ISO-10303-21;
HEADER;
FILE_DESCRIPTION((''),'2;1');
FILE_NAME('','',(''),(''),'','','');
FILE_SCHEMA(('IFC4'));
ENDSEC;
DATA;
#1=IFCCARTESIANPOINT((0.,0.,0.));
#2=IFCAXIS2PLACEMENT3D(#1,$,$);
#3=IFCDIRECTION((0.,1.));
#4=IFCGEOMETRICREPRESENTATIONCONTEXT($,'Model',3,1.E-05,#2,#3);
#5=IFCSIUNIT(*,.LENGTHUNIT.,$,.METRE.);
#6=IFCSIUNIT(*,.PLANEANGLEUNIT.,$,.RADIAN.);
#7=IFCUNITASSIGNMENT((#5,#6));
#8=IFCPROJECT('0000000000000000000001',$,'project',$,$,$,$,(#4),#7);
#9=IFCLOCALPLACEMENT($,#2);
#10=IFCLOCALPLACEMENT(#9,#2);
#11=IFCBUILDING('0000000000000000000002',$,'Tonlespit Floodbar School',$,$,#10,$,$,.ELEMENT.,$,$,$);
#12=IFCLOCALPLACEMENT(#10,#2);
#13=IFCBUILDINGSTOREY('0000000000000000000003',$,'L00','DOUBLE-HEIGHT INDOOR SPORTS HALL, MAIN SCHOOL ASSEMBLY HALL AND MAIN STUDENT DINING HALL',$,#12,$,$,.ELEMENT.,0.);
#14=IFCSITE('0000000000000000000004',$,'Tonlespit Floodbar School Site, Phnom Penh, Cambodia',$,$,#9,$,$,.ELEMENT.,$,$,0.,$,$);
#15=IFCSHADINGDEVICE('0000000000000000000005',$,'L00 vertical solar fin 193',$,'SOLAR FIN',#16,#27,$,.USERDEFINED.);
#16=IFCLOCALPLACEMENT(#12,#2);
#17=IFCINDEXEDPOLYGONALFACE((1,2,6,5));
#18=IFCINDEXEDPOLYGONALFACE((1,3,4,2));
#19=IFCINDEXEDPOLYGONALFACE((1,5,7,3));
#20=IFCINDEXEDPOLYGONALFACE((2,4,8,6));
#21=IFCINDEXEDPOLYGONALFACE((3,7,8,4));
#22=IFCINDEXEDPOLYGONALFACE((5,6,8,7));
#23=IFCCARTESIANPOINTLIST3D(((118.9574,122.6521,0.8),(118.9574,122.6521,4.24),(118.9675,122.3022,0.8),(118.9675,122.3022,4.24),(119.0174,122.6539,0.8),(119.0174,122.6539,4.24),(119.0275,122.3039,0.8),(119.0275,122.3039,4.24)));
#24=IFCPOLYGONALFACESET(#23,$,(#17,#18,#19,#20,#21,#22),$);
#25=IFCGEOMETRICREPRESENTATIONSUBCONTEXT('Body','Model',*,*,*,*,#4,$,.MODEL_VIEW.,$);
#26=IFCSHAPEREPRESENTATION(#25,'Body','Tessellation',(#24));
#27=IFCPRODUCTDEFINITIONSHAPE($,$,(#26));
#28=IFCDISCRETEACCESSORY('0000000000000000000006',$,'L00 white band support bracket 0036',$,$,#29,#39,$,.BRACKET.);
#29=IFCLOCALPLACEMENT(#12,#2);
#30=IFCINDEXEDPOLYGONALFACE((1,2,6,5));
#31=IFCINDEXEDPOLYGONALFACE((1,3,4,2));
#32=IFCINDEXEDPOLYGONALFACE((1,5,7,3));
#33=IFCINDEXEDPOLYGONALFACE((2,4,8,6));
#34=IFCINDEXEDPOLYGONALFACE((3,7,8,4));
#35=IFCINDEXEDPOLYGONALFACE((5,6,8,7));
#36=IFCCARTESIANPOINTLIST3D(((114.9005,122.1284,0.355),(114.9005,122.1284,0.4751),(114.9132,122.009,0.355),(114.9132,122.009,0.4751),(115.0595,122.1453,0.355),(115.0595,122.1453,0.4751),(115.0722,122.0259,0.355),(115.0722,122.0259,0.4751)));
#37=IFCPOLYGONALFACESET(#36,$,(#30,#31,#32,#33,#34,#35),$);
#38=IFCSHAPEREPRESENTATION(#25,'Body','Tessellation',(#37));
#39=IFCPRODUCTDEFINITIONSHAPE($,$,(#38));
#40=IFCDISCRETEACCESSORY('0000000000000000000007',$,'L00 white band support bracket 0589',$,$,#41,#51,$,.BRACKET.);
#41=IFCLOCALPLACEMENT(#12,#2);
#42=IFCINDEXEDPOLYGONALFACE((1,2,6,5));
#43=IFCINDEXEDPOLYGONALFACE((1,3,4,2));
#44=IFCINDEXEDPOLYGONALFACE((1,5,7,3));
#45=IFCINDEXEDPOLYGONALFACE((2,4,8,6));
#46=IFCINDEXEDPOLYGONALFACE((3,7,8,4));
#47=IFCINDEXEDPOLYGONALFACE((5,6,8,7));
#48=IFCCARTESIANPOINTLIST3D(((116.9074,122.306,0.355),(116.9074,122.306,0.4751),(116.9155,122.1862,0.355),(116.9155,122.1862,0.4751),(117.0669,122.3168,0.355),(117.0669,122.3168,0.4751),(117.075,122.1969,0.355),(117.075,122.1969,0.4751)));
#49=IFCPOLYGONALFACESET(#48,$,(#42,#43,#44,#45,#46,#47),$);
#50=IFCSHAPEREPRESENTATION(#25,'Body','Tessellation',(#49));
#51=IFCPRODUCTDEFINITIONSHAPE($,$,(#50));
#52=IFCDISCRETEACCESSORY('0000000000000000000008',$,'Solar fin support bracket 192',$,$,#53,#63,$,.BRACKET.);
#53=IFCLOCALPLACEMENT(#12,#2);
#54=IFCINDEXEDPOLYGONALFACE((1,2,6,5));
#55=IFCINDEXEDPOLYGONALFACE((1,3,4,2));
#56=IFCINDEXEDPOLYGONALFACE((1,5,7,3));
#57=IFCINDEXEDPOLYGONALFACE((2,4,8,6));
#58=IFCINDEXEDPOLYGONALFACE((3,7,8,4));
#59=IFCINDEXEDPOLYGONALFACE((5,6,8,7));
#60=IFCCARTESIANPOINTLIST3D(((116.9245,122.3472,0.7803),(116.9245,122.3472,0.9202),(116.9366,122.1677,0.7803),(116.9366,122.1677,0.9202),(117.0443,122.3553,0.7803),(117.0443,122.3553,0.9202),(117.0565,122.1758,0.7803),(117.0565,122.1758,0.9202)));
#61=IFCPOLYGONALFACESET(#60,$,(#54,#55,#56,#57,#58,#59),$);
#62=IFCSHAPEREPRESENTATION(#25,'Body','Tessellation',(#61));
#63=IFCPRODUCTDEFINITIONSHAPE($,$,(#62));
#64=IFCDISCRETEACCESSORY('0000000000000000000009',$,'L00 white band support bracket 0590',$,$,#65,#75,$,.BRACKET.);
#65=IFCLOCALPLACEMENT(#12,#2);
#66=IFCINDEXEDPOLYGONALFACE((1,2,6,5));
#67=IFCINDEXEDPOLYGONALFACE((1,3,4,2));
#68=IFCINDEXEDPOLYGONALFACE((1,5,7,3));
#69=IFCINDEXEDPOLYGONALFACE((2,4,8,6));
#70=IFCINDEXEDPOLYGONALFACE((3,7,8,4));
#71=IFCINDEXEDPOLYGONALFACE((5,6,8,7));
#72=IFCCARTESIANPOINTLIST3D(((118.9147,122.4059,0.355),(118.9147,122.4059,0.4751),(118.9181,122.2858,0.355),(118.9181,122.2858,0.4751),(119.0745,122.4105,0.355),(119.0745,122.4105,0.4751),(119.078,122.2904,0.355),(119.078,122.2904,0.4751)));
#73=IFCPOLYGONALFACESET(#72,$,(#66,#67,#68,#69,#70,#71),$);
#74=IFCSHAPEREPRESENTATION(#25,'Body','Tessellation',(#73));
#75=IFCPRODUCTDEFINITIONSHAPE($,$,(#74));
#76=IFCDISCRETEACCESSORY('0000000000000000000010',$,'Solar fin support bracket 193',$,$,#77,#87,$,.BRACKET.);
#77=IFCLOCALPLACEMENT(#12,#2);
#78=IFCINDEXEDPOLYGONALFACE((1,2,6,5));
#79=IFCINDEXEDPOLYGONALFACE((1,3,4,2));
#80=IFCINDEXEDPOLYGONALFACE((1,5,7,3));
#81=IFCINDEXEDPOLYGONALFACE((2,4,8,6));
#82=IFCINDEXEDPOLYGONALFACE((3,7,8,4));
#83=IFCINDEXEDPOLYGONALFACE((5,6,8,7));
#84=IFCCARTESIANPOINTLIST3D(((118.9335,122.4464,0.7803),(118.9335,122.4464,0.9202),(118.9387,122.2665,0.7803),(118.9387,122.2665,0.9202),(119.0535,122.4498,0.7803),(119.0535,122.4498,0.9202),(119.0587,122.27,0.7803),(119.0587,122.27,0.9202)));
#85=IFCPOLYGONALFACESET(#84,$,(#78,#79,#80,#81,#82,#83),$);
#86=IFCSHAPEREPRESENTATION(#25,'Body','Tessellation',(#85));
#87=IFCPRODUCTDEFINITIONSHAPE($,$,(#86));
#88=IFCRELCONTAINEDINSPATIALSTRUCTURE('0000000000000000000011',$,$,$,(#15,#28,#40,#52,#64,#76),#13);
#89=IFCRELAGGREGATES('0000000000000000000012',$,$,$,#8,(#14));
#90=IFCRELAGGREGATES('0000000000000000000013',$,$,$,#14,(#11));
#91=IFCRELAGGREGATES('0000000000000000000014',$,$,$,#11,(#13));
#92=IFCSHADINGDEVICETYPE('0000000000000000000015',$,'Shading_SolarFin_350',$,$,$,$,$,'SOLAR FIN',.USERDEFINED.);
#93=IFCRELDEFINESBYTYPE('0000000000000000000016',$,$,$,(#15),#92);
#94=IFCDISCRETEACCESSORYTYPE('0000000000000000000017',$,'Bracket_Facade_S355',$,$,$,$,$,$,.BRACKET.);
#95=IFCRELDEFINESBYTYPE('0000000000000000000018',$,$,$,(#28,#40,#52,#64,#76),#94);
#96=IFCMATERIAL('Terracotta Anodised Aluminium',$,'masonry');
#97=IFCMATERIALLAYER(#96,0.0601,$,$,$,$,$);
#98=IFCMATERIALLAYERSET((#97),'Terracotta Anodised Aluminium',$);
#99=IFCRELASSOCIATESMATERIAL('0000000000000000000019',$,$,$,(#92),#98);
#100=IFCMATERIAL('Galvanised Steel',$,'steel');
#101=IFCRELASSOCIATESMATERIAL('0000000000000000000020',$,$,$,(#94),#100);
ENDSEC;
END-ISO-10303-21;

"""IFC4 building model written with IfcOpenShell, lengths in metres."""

from ifc_helpers import new_model, si_unit, direction, frame, origin, origin_2d, place, context, subcontext, project, spatial, rectangle, extrude, material, layer, layer_set, type_object, element, save


model = new_model("IFC4")

# Units and contexts
model_context = context("Model", 3, precision=1e-05, world=origin(), true_north=direction((0.0, 1.0)))
body_context = subcontext(model_context, "Body", "Model", "MODEL_VIEW")
ifc_project = project(units=[si_unit("LENGTHUNIT", "METRE"), si_unit("PLANEANGLEUNIT", "RADIAN")], contexts=[model_context])

# Site, building, storey
site_placement = place(None, origin())
site = spatial("IfcSite", under=ifc_project, at=site_placement, Name="Tonlespit Floodbar School Site, Phnom Penh, Cambodia", CompositionType="ELEMENT", RefElevation=0.0)
building_placement = place(site_placement, origin())
building = spatial("IfcBuilding", under=site, at=building_placement, Name="Tonlespit Floodbar School", CompositionType="ELEMENT")
storey_placement = place(building_placement, origin())
storey = spatial("IfcBuildingStorey", under=building, at=storey_placement, Name="L00", Description="DOUBLE-HEIGHT INDOOR SPORTS HALL, MAIN SCHOOL ASSEMBLY HALL AND MAIN STUDENT DINING HALL", CompositionType="ELEMENT", Elevation=0.0)

# Shading device
ifc_material_1 = material(Name="Terracotta Anodised Aluminium", Category="masonry")
ifc_layer_1 = layer(ifc_material_1, 0.0601)
ifc_layer_set_1 = layer_set([ifc_layer_1], Name="Terracotta Anodised Aluminium")
shading_device_type = type_object("IfcShadingDeviceType", Name="Shading_SolarFin_350", ElementType="SOLAR FIN", PredefinedType="USERDEFINED", material=ifc_layer_set_1)
for number, where, z_axis, x_axis, name in (
    (1, (118.9924, 122.478, 0.8), (0.0, 0.0, 1.0), (0.999584, 0.028838, 0.0), "L00 vertical solar fin 193"),
):
    element("IfcShadingDevice", number, at=place(storey_placement, frame(where, z_axis=z_axis, x_axis=x_axis)), inside=storey, type_object=shading_device_type, Name=name, ObjectType="SOLAR FIN", PredefinedType="USERDEFINED", context=body_context, shape_type="SweptSolid", body=[
        extrude(rectangle(XDim=0.0601, YDim=0.3501, at=origin_2d()), origin(), (0.0, 0.0, 1.0), 3.4399),
    ])

# Discrete accessories
ifc_material_2 = material(Name="Galvanised Steel", Category="steel")
discrete_accessory_type = type_object("IfcDiscreteAccessoryType", Name="Bracket_Facade_S355", PredefinedType="BRACKET", material=ifc_material_2)
for number, where, z_axis, x_axis, name in (
    (2, (114.9863, 122.0771, 0.355), (0.0, 0.0, 1.0), (0.994392, 0.105754, 0.0), "L00 white band support bracket 0036"),
    (3, (116.9912, 122.2515, 0.355), (0.0, 0.0, 1.0), (0.99773, 0.067347, 0.0), "L00 white band support bracket 0589"),
):
    element("IfcDiscreteAccessory", number, at=place(storey_placement, frame(where, z_axis=z_axis, x_axis=x_axis)), inside=storey, type_object=discrete_accessory_type, Name=name, PredefinedType="BRACKET", context=body_context, shape_type="SweptSolid", body=[
        extrude(rectangle(XDim=0.1599, YDim=0.1201, at=origin_2d()), origin(), (0.0, 0.0, 1.0), 0.1201),
    ])
discrete_accessory_1_placement = place(storey_placement, frame((116.9905, 122.2615, 0.7803), z_axis=(0.0, 0.0, 1.0), x_axis=(0.99773, 0.067347, 0.0)))
element("IfcDiscreteAccessory", 4, at=discrete_accessory_1_placement, inside=storey, type_object=discrete_accessory_type, Name="Solar fin support bracket 192", PredefinedType="BRACKET", context=body_context, shape_type="SweptSolid", body=[
    extrude(rectangle(XDim=0.1201, YDim=0.1799, at=origin_2d()), origin(), (0.0, 0.0, 1.0), 0.1399),
])
discrete_accessory_2_placement = place(storey_placement, frame((118.9963, 122.3481, 0.355), z_axis=(0.0, 0.0, 1.0), x_axis=(0.999584, 0.028838, 0.0)))
element("IfcDiscreteAccessory", 5, at=discrete_accessory_2_placement, inside=storey, type_object=discrete_accessory_type, Name="L00 white band support bracket 0590", PredefinedType="BRACKET", context=body_context, shape_type="SweptSolid", body=[
    extrude(rectangle(XDim=0.1599, YDim=0.1201, at=origin_2d()), origin(), (0.0, 0.0, 1.0), 0.1201),
])
discrete_accessory_3_placement = place(storey_placement, frame((118.9961, 122.3582, 0.7803), z_axis=(0.0, 0.0, 1.0), x_axis=(0.999584, 0.028838, 0.0)))
element("IfcDiscreteAccessory", 6, at=discrete_accessory_3_placement, inside=storey, type_object=discrete_accessory_type, Name="Solar fin support bracket 193", PredefinedType="BRACKET", context=body_context, shape_type="SweptSolid", body=[
    extrude(rectangle(XDim=0.1201, YDim=0.1799, at=origin_2d()), origin(), (0.0, 0.0, 1.0), 0.1399),
])

save(model, "model.ifc")
